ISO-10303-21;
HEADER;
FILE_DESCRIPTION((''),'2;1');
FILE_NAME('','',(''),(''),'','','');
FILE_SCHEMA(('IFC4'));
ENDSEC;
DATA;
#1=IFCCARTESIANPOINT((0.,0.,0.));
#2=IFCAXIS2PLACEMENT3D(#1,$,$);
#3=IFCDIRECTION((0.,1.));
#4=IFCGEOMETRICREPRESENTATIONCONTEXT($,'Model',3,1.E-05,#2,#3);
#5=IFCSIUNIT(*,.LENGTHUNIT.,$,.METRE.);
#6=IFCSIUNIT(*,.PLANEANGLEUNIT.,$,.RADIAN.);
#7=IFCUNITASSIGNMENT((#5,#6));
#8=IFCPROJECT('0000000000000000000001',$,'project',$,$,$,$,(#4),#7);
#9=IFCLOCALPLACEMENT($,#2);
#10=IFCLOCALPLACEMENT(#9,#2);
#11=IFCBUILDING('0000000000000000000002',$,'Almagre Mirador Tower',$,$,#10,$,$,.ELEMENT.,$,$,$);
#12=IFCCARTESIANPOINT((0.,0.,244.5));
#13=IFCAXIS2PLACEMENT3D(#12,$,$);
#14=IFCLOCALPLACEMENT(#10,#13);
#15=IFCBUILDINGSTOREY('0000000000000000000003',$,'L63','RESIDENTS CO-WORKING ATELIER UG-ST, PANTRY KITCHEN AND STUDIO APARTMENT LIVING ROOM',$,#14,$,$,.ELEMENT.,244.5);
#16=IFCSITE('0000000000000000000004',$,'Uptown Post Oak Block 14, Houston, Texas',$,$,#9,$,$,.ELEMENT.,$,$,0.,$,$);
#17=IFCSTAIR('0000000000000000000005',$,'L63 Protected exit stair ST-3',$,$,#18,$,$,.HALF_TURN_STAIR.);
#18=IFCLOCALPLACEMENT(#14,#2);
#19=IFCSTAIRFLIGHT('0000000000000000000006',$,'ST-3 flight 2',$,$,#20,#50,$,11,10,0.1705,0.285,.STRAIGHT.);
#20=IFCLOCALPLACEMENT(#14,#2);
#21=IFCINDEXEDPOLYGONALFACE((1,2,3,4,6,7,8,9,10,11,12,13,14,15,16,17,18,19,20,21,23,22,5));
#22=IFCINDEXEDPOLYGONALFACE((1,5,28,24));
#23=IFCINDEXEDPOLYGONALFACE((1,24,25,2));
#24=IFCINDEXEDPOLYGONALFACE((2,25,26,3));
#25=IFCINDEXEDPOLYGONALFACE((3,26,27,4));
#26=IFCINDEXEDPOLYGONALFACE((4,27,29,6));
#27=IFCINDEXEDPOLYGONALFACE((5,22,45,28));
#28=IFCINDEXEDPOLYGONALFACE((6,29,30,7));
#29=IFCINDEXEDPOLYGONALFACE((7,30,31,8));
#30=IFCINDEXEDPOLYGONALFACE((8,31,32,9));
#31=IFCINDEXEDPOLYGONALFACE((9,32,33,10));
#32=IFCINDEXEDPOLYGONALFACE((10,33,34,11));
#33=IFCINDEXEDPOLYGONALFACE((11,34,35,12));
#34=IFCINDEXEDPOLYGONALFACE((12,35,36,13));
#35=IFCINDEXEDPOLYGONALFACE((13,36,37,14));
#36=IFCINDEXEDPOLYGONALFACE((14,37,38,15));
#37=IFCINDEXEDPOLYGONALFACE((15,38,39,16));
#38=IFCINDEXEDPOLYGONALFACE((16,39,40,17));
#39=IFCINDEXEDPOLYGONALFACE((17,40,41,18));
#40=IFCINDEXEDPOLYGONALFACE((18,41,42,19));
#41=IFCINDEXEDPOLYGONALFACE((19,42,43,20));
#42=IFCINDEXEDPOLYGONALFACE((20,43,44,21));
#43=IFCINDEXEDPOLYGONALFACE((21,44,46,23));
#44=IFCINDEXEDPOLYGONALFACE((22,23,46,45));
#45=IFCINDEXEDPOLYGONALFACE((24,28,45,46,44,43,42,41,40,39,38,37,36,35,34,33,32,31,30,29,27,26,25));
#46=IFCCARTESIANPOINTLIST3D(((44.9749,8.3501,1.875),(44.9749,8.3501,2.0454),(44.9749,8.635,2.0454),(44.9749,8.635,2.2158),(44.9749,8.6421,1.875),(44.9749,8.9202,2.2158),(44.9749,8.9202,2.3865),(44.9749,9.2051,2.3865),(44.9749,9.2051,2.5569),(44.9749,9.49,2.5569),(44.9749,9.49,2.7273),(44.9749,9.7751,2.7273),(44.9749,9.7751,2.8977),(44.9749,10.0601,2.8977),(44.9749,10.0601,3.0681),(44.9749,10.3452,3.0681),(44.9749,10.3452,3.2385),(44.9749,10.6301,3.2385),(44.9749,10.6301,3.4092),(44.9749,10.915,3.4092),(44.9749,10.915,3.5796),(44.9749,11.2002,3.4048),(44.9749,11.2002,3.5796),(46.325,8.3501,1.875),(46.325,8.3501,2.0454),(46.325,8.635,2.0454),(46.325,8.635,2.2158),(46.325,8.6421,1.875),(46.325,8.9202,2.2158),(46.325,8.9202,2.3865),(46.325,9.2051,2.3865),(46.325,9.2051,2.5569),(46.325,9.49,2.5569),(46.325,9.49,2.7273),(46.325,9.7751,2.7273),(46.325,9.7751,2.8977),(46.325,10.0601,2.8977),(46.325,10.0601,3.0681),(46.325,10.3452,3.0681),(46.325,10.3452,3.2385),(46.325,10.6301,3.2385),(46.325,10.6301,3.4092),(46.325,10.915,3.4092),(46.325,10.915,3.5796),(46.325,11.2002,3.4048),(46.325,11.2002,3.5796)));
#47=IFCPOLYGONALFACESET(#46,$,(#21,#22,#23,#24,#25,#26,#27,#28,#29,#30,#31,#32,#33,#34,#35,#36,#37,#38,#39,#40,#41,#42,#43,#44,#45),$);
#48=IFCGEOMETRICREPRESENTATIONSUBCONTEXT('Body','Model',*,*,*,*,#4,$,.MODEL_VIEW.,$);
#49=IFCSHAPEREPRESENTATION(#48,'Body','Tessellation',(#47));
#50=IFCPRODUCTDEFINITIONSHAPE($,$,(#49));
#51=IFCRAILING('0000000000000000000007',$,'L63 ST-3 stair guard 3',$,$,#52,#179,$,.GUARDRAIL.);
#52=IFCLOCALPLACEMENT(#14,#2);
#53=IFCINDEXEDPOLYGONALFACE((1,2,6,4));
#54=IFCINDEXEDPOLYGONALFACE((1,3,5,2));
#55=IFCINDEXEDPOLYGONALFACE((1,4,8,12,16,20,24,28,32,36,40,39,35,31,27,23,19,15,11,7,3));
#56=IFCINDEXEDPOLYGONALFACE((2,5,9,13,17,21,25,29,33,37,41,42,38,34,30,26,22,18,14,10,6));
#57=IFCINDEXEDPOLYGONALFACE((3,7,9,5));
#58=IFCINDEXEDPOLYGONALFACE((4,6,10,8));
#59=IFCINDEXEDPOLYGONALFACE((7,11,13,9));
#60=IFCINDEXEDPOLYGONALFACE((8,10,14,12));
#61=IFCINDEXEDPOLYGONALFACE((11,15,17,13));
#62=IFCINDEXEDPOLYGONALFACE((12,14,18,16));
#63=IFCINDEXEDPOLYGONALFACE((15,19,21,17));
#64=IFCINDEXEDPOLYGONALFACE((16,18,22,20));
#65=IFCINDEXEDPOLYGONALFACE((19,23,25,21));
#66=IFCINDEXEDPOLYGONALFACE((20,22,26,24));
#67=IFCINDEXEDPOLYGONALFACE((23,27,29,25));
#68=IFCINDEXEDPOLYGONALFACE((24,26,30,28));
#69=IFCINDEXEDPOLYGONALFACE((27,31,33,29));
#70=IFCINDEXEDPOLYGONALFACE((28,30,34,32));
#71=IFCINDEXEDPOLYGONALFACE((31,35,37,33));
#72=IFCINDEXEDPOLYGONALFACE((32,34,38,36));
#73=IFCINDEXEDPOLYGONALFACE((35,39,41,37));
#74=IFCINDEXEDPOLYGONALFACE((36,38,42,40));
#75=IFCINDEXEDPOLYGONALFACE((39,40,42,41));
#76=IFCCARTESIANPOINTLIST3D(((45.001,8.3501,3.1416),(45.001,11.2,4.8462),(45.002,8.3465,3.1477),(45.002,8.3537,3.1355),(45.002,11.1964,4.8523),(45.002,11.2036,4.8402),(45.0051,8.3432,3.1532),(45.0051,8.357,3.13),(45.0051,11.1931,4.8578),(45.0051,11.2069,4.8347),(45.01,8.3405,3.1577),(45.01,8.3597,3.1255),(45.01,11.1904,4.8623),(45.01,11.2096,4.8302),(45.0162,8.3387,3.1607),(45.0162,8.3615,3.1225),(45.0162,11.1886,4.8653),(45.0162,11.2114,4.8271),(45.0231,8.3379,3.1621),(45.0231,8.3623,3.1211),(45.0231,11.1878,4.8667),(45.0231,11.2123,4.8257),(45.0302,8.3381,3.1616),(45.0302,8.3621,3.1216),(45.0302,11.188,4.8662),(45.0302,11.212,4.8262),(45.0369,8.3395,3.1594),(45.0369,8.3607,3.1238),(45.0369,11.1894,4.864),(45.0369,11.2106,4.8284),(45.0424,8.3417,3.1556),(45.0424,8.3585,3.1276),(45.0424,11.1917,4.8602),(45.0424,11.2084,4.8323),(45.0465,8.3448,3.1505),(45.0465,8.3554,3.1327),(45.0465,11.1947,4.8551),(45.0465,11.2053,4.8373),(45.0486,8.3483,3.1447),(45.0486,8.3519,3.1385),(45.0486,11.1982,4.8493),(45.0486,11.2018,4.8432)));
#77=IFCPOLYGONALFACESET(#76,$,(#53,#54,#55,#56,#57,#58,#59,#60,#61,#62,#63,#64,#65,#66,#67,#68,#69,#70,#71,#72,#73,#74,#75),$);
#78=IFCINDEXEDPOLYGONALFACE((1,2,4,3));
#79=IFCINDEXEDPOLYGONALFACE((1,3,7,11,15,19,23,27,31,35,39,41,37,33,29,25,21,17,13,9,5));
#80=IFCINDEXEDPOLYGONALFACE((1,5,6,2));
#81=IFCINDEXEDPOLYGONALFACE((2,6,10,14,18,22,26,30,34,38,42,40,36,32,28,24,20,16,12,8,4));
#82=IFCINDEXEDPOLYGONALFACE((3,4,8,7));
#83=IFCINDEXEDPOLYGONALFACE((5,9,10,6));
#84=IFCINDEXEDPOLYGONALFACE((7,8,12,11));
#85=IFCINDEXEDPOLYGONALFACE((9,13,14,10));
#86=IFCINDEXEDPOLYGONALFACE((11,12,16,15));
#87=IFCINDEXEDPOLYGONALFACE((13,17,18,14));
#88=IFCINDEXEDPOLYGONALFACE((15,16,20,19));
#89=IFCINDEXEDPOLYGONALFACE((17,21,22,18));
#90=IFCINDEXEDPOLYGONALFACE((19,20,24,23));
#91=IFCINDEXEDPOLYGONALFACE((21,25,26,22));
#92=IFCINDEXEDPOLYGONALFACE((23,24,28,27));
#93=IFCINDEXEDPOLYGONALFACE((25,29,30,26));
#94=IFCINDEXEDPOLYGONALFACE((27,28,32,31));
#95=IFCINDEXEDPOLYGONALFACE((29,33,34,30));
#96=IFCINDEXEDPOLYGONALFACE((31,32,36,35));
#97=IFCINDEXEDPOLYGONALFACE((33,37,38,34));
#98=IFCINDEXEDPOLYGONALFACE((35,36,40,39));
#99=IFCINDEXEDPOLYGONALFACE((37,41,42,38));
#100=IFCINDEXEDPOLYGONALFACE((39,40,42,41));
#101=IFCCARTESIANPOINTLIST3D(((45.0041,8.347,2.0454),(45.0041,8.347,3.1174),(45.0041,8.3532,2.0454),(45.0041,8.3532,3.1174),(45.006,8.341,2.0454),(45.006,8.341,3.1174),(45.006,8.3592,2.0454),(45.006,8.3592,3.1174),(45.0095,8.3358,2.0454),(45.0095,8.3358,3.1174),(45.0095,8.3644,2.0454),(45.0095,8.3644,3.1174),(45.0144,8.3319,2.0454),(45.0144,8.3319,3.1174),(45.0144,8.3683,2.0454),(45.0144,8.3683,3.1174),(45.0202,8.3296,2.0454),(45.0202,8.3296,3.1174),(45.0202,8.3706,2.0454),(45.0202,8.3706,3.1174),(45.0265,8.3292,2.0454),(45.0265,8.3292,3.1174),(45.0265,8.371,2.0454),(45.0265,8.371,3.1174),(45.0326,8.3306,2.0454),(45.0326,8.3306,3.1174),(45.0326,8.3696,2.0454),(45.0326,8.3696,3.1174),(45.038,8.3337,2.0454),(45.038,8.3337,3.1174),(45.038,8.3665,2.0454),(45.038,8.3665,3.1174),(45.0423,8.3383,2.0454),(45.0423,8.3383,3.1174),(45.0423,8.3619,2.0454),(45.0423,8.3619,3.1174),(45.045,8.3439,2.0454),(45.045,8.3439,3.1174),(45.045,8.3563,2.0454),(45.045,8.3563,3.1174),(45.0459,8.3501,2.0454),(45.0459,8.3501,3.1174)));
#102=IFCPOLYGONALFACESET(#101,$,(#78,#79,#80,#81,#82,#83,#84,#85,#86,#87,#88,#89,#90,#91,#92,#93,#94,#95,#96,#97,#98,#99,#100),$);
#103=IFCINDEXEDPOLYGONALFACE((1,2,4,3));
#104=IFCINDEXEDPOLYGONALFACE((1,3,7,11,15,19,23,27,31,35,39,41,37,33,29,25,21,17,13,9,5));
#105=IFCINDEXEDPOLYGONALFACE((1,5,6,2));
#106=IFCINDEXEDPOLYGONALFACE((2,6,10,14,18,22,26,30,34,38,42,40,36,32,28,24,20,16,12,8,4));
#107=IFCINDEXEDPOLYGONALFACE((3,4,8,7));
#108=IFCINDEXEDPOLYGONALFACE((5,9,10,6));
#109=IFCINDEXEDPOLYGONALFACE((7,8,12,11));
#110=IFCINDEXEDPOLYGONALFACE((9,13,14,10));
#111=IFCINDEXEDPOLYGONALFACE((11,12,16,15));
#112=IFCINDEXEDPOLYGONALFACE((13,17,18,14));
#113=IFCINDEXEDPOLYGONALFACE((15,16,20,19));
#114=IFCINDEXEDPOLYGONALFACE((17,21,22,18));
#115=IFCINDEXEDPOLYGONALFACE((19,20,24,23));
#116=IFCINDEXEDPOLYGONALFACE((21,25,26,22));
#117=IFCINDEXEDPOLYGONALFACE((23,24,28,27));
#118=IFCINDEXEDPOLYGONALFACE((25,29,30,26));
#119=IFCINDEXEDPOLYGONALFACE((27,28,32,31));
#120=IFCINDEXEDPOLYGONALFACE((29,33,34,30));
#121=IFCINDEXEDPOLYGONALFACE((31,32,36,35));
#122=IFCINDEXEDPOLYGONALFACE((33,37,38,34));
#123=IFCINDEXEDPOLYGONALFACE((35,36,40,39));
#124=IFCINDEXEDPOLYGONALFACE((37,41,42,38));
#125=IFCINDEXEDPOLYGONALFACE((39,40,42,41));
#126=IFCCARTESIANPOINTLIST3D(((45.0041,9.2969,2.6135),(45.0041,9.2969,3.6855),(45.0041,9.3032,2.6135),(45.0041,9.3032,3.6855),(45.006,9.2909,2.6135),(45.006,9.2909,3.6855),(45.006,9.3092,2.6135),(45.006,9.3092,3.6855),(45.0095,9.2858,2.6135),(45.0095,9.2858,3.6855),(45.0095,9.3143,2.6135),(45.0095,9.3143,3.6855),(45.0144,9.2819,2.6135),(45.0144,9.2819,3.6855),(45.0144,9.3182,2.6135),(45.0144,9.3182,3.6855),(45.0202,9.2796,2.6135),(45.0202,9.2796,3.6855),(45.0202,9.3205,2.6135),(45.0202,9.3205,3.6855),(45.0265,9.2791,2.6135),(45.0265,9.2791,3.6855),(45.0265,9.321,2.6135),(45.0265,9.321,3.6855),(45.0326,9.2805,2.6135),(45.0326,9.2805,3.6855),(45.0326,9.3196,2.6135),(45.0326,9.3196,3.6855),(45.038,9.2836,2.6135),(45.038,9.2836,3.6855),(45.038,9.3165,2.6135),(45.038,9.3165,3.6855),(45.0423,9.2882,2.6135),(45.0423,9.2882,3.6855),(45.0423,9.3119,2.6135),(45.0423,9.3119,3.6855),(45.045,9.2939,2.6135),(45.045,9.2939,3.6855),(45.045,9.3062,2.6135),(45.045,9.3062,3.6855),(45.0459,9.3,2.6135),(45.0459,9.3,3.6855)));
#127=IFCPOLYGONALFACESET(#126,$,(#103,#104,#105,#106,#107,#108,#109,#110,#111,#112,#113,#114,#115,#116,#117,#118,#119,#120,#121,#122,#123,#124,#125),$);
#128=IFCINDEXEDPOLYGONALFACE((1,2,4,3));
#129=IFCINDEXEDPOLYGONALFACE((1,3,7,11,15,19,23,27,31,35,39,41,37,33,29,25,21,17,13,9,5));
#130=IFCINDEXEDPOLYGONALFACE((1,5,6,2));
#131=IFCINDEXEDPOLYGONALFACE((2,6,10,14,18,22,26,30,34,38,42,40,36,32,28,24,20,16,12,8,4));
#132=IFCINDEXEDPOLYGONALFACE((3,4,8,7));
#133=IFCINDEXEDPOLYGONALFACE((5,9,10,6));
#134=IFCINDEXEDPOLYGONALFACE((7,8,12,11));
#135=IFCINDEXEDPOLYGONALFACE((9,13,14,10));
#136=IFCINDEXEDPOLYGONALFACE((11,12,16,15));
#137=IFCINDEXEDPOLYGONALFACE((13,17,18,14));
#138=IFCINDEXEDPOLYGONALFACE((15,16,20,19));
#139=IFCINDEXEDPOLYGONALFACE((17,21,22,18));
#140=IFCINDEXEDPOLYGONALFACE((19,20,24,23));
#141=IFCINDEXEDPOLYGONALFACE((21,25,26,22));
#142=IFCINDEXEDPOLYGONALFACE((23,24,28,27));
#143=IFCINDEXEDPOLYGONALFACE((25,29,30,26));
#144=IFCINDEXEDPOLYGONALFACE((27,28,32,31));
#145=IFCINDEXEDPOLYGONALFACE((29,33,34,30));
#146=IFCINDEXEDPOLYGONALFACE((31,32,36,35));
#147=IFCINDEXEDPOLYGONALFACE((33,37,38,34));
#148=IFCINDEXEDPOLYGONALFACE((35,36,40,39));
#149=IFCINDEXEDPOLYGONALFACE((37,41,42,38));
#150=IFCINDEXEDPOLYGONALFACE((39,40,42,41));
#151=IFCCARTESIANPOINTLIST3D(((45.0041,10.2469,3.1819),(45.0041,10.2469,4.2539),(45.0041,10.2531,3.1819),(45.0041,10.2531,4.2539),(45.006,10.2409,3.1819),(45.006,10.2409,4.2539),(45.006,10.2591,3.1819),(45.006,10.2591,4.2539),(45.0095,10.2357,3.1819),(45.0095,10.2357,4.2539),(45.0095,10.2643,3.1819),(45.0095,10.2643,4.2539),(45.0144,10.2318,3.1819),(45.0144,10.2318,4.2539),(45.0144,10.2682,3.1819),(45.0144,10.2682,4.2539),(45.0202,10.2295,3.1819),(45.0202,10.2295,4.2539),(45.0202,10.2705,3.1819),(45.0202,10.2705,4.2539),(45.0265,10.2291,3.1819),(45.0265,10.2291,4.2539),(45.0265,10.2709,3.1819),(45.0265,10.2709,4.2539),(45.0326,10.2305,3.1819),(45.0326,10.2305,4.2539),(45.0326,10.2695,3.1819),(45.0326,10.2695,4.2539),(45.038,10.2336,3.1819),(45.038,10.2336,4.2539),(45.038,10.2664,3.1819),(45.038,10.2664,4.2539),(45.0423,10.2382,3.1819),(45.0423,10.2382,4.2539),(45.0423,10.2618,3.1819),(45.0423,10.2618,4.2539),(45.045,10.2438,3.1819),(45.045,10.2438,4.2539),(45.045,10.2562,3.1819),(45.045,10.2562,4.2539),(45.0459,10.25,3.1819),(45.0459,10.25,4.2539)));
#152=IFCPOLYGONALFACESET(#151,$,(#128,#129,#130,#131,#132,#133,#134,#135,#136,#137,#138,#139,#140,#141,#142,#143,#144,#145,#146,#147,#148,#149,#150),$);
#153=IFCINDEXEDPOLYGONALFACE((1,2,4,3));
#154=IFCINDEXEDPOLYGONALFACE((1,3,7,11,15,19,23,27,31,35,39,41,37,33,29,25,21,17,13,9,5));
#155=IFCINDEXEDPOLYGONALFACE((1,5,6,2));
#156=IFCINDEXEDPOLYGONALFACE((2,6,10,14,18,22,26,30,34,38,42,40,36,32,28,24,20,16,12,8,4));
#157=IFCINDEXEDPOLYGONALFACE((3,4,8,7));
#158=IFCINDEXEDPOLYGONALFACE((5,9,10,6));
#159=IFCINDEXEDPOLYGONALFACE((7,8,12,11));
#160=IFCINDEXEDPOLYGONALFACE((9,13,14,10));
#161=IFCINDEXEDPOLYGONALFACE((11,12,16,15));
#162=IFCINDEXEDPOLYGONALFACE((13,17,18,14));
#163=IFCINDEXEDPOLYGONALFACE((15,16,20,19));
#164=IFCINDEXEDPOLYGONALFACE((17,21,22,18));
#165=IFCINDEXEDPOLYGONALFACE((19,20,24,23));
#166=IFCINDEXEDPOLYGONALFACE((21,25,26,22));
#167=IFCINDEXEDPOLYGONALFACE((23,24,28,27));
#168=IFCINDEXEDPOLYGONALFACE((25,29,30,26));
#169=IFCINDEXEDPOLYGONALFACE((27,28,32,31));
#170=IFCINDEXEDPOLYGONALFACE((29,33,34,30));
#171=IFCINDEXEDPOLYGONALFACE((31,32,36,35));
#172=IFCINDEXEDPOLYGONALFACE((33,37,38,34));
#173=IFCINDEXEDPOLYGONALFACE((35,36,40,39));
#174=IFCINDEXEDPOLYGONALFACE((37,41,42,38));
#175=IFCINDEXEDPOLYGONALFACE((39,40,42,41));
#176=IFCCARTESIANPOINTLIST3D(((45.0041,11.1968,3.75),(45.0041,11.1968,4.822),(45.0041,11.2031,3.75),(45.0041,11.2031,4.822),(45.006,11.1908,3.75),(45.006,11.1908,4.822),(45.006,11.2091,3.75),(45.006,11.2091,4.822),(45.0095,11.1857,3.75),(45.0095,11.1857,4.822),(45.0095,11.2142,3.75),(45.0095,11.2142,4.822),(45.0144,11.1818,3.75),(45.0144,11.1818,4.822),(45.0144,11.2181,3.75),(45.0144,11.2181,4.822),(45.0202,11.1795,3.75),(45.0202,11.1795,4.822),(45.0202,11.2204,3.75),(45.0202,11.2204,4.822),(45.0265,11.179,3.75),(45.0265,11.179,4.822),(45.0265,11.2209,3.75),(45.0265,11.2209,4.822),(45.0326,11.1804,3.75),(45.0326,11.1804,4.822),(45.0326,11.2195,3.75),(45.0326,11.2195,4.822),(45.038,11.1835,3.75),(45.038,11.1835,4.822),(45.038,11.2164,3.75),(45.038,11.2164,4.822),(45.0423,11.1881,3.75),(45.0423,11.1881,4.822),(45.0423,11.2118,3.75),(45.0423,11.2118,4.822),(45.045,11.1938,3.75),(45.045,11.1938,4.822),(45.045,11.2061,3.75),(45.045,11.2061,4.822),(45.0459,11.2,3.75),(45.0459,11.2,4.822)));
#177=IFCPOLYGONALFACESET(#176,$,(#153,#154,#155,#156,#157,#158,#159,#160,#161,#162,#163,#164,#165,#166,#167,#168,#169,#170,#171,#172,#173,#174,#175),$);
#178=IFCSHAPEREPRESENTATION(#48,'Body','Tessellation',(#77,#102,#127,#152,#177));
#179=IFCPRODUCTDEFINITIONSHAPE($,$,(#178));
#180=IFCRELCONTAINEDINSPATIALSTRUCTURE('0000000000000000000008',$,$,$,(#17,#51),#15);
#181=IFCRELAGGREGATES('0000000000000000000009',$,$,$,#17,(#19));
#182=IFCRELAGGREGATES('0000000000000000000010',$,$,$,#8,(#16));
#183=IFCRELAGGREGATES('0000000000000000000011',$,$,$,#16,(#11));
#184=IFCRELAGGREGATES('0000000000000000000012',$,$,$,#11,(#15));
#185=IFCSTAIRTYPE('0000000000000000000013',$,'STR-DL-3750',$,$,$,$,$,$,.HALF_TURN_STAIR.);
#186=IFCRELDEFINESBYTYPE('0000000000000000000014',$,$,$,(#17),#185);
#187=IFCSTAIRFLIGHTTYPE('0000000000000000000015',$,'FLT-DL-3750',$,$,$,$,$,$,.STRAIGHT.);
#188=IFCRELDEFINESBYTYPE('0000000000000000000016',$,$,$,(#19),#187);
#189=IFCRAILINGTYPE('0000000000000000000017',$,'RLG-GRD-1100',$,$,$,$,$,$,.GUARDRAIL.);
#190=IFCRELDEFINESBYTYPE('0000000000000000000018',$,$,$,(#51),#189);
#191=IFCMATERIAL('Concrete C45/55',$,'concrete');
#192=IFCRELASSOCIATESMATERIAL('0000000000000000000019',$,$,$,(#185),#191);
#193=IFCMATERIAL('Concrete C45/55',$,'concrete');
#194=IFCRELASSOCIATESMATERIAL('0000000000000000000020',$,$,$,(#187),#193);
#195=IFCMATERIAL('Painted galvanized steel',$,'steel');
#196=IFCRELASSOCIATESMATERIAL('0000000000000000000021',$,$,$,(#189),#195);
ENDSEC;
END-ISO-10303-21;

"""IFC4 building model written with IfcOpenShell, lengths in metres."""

from ifc_helpers import new_model, si_unit, direction, frame, origin, origin_2d, place, context, subcontext, project, spatial, polyline, circle, outline, extrude, material, type_object, element, aggregate, save


model = new_model("IFC4")

# Units and contexts
model_context = context("Model", 3, precision=1e-05, world=origin(), true_north=direction((0.0, 1.0)))
body_context = subcontext(model_context, "Body", "Model", "MODEL_VIEW")
ifc_project = project(units=[si_unit("LENGTHUNIT", "METRE"), si_unit("PLANEANGLEUNIT", "RADIAN")], contexts=[model_context])

# Site, building, storey
site_placement = place(None, origin())
site = spatial("IfcSite", under=ifc_project, at=site_placement, Name="Uptown Post Oak Block 14, Houston, Texas", CompositionType="ELEMENT", RefElevation=0.0)
building_placement = place(site_placement, origin())
building = spatial("IfcBuilding", under=site, at=building_placement, Name="Almagre Mirador Tower", CompositionType="ELEMENT")
storey_placement = place(building_placement, frame((0.0, 0.0, 244.5)))
storey = spatial("IfcBuildingStorey", under=building, at=storey_placement, Name="L63", Description="RESIDENTS CO-WORKING ATELIER UG-ST, PANTRY KITCHEN AND STUDIO APARTMENT LIVING ROOM", CompositionType="ELEMENT", Elevation=244.5)

# Stair, stair flight
ifc_material_1 = material(Name="Concrete C45/55", Category="concrete")
stair_type = type_object("IfcStairType", Name="STR-DL-3750", PredefinedType="HALF_TURN_STAIR", material=ifc_material_1)
stair_placement = place(storey_placement, origin())
stair = element("IfcStair", 1, at=stair_placement, inside=storey, type_object=stair_type, Name="L63 Protected exit stair ST-3", PredefinedType="HALF_TURN_STAIR")
ifc_material_2 = material(Name="Concrete C45/55", Category="concrete")
stair_flight_type = type_object("IfcStairFlightType", Name="FLT-DL-3750", PredefinedType="STRAIGHT", material=ifc_material_2)
stair_flight_placement = place(storey_placement, frame((45.6499, 8.3501, 1.875), z_axis=(0.0, 0.0, 1.0), x_axis=(0.0, 1.0, 0.0)))
stair_flight = element("IfcStairFlight", 2, at=stair_flight_placement, type_object=stair_flight_type, Name="ST-3 flight 2", NumberOfRisers=11, NumberOfTreads=10, PredefinedType="STRAIGHT", RiserHeight=0.1705, TreadLength=0.285, context=body_context, shape_type="SweptSolid", body=[
    extrude(outline(polyline([(0.0, 0.0), (0.0, 0.1704), (0.2849, 0.1704), (0.2849, 0.3408), (0.5701, 0.3408), (0.5701, 0.5115), (0.855, 0.5115), (0.855, 0.6819), (1.1399, 0.6819), (1.1399, 0.8523), (1.425, 0.8523), (1.425, 1.0227), (1.71, 1.0227), (1.71, 1.1931), (1.9951, 1.1931), (1.9951, 1.3635), (2.28, 1.3635), (2.28, 1.5342), (2.5649, 1.5342), (2.5649, 1.7046), (2.8501, 1.7046), (2.8501, 1.875), (2.8501, 1.5298), (0.292, 0.0), (0.0, 0.0)])), frame((0.0, 0.675, 0.0), z_axis=(0.0, -1.0, 0.0), x_axis=(1.0, 0.0, 0.0)), (0.0, 0.0, 1.0), 1.3501),
])
aggregate(stair, [stair_flight])

# Railing
ifc_material_3 = material(Name="Painted galvanized steel", Category="steel")
railing_type_1 = type_object("IfcRailingType", Name="RLG-GRD-1100", PredefinedType="GUARDRAIL", material=ifc_material_3)
railing_1_placement = place(storey_placement, frame((45.0249, 8.3501, 2.0454)))
element("IfcRailing", 3, at=railing_1_placement, inside=storey, type_object=railing_type_1, Name="L63 ST-3 stair guard 3", PredefinedType="GUARDRAIL", context=body_context, shape_type="SweptSolid", body=[
    extrude(circle(Radius=0.0239, at=origin_2d()), frame((0.0, 0.0, 1.0962), z_axis=(0.0, 0.858199, 0.513317), x_axis=(-1.0, 0.0, 0.0)), (0.0, 0.0, 1.0), 3.3208),
    extrude(circle(Radius=0.021, at=origin_2d()), origin(), (0.0, 0.0, 1.0), 1.072),
    extrude(circle(Radius=0.021, at=origin_2d()), frame((0.0, 0.95, 0.5681)), (0.0, 0.0, 1.0), 1.072),
    extrude(circle(Radius=0.021, at=origin_2d()), frame((0.0, 1.8999, 1.1365)), (0.0, 0.0, 1.0), 1.072),
    extrude(circle(Radius=0.021, at=origin_2d()), frame((0.0, 2.8499, 1.7046)), (0.0, 0.0, 1.0), 1.072),
])

save(model, "model.ifc")
